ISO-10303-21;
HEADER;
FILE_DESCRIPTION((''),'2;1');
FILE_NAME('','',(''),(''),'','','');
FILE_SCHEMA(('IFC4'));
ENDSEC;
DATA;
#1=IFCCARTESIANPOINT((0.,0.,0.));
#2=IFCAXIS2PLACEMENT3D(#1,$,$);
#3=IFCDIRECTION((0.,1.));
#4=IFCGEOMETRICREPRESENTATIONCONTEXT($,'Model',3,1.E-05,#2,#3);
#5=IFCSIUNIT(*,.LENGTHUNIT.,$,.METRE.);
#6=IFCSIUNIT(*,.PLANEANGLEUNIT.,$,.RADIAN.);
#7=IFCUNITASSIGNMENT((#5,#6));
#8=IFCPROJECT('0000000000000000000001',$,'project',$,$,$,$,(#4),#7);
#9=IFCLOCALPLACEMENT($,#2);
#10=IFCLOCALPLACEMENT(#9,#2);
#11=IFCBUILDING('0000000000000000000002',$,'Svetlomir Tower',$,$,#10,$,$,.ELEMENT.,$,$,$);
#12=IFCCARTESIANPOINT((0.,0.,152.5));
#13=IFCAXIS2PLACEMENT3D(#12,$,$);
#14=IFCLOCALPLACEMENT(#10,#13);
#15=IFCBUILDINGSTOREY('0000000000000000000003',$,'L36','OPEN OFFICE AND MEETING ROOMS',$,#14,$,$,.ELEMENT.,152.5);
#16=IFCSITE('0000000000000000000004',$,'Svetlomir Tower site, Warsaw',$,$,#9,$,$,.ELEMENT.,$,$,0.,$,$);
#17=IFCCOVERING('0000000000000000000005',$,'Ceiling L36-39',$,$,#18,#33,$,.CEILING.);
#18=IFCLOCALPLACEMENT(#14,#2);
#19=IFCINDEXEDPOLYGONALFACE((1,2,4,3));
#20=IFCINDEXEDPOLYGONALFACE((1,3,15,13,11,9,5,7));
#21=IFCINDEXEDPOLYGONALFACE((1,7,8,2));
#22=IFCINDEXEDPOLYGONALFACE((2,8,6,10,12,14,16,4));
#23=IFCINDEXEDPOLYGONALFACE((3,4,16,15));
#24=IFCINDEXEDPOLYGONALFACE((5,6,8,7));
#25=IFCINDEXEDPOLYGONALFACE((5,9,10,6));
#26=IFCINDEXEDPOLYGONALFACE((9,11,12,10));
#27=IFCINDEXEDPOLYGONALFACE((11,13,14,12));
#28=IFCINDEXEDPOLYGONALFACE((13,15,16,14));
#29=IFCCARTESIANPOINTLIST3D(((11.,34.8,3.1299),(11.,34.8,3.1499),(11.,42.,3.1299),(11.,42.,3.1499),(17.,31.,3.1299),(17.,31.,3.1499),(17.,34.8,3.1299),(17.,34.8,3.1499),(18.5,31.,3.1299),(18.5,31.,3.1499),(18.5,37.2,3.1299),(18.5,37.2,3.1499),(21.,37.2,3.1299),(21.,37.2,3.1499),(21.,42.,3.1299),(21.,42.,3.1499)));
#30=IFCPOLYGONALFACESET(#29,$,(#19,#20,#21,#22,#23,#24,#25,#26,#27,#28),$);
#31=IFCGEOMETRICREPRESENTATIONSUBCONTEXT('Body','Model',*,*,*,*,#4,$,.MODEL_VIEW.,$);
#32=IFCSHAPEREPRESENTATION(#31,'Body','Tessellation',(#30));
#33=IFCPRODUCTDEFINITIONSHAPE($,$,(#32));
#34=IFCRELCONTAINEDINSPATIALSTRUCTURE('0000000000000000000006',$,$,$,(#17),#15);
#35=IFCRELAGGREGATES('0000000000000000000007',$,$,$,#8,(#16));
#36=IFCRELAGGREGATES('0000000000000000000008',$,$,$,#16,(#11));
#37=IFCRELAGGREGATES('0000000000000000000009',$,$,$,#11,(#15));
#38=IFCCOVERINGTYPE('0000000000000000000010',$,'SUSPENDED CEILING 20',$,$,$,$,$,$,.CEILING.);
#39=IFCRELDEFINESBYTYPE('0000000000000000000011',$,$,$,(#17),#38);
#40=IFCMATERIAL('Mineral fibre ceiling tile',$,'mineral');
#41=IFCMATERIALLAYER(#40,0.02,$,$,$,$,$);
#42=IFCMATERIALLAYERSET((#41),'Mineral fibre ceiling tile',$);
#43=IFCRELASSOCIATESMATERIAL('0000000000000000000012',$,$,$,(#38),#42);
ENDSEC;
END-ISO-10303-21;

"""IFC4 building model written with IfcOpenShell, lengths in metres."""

from ifc_helpers import new_model, si_unit, direction, frame, origin, place, context, subcontext, project, spatial, polyline, outline, extrude, material, layer, layer_set, type_object, element, save


model = new_model("IFC4")

# Units and contexts
model_context = context("Model", 3, precision=1e-05, world=origin(), true_north=direction((0.0, 1.0)))
body_context = subcontext(model_context, "Body", "Model", "MODEL_VIEW")
ifc_project = project(units=[si_unit("LENGTHUNIT", "METRE"), si_unit("PLANEANGLEUNIT", "RADIAN")], contexts=[model_context])

# Site, building, storey
site_placement = place(None, origin())
site = spatial("IfcSite", under=ifc_project, at=site_placement, Name="Svetlomir Tower site, Warsaw", CompositionType="ELEMENT", RefElevation=0.0)
building_placement = place(site_placement, origin())
building = spatial("IfcBuilding", under=site, at=building_placement, Name="Svetlomir Tower", CompositionType="ELEMENT")
storey_placement = place(building_placement, frame((0.0, 0.0, 152.5)))
storey = spatial("IfcBuildingStorey", under=building, at=storey_placement, Name="L36", Description="OPEN OFFICE AND MEETING ROOMS", CompositionType="ELEMENT", Elevation=152.5)

# Covering
ifc_material_1 = material(Name="Mineral fibre ceiling tile", Category="mineral")
ifc_layer_1 = layer(ifc_material_1, 0.02)
ifc_layer_set_1 = layer_set([ifc_layer_1], Name="Mineral fibre ceiling tile")
covering_type_1 = type_object("IfcCoveringType", Name="SUSPENDED CEILING 20", PredefinedType="CEILING", material=ifc_layer_set_1)
covering_1_placement = place(storey_placement, frame((0.0, 0.0, 3.1299)))
element("IfcCovering", 1, at=covering_1_placement, inside=storey, type_object=covering_type_1, Name="Ceiling L36-39", PredefinedType="CEILING", context=body_context, shape_type="SweptSolid", body=[
    extrude(outline(polyline([(17.0, 34.8), (11.0, 34.8), (11.0, 42.0), (21.0, 42.0), (21.0, 37.2), (18.5, 37.2), (18.5, 31.0), (17.0, 31.0), (17.0, 34.8)])), origin(), (0.0, 0.0, 1.0), 0.02),
])

save(model, "model.ifc")
